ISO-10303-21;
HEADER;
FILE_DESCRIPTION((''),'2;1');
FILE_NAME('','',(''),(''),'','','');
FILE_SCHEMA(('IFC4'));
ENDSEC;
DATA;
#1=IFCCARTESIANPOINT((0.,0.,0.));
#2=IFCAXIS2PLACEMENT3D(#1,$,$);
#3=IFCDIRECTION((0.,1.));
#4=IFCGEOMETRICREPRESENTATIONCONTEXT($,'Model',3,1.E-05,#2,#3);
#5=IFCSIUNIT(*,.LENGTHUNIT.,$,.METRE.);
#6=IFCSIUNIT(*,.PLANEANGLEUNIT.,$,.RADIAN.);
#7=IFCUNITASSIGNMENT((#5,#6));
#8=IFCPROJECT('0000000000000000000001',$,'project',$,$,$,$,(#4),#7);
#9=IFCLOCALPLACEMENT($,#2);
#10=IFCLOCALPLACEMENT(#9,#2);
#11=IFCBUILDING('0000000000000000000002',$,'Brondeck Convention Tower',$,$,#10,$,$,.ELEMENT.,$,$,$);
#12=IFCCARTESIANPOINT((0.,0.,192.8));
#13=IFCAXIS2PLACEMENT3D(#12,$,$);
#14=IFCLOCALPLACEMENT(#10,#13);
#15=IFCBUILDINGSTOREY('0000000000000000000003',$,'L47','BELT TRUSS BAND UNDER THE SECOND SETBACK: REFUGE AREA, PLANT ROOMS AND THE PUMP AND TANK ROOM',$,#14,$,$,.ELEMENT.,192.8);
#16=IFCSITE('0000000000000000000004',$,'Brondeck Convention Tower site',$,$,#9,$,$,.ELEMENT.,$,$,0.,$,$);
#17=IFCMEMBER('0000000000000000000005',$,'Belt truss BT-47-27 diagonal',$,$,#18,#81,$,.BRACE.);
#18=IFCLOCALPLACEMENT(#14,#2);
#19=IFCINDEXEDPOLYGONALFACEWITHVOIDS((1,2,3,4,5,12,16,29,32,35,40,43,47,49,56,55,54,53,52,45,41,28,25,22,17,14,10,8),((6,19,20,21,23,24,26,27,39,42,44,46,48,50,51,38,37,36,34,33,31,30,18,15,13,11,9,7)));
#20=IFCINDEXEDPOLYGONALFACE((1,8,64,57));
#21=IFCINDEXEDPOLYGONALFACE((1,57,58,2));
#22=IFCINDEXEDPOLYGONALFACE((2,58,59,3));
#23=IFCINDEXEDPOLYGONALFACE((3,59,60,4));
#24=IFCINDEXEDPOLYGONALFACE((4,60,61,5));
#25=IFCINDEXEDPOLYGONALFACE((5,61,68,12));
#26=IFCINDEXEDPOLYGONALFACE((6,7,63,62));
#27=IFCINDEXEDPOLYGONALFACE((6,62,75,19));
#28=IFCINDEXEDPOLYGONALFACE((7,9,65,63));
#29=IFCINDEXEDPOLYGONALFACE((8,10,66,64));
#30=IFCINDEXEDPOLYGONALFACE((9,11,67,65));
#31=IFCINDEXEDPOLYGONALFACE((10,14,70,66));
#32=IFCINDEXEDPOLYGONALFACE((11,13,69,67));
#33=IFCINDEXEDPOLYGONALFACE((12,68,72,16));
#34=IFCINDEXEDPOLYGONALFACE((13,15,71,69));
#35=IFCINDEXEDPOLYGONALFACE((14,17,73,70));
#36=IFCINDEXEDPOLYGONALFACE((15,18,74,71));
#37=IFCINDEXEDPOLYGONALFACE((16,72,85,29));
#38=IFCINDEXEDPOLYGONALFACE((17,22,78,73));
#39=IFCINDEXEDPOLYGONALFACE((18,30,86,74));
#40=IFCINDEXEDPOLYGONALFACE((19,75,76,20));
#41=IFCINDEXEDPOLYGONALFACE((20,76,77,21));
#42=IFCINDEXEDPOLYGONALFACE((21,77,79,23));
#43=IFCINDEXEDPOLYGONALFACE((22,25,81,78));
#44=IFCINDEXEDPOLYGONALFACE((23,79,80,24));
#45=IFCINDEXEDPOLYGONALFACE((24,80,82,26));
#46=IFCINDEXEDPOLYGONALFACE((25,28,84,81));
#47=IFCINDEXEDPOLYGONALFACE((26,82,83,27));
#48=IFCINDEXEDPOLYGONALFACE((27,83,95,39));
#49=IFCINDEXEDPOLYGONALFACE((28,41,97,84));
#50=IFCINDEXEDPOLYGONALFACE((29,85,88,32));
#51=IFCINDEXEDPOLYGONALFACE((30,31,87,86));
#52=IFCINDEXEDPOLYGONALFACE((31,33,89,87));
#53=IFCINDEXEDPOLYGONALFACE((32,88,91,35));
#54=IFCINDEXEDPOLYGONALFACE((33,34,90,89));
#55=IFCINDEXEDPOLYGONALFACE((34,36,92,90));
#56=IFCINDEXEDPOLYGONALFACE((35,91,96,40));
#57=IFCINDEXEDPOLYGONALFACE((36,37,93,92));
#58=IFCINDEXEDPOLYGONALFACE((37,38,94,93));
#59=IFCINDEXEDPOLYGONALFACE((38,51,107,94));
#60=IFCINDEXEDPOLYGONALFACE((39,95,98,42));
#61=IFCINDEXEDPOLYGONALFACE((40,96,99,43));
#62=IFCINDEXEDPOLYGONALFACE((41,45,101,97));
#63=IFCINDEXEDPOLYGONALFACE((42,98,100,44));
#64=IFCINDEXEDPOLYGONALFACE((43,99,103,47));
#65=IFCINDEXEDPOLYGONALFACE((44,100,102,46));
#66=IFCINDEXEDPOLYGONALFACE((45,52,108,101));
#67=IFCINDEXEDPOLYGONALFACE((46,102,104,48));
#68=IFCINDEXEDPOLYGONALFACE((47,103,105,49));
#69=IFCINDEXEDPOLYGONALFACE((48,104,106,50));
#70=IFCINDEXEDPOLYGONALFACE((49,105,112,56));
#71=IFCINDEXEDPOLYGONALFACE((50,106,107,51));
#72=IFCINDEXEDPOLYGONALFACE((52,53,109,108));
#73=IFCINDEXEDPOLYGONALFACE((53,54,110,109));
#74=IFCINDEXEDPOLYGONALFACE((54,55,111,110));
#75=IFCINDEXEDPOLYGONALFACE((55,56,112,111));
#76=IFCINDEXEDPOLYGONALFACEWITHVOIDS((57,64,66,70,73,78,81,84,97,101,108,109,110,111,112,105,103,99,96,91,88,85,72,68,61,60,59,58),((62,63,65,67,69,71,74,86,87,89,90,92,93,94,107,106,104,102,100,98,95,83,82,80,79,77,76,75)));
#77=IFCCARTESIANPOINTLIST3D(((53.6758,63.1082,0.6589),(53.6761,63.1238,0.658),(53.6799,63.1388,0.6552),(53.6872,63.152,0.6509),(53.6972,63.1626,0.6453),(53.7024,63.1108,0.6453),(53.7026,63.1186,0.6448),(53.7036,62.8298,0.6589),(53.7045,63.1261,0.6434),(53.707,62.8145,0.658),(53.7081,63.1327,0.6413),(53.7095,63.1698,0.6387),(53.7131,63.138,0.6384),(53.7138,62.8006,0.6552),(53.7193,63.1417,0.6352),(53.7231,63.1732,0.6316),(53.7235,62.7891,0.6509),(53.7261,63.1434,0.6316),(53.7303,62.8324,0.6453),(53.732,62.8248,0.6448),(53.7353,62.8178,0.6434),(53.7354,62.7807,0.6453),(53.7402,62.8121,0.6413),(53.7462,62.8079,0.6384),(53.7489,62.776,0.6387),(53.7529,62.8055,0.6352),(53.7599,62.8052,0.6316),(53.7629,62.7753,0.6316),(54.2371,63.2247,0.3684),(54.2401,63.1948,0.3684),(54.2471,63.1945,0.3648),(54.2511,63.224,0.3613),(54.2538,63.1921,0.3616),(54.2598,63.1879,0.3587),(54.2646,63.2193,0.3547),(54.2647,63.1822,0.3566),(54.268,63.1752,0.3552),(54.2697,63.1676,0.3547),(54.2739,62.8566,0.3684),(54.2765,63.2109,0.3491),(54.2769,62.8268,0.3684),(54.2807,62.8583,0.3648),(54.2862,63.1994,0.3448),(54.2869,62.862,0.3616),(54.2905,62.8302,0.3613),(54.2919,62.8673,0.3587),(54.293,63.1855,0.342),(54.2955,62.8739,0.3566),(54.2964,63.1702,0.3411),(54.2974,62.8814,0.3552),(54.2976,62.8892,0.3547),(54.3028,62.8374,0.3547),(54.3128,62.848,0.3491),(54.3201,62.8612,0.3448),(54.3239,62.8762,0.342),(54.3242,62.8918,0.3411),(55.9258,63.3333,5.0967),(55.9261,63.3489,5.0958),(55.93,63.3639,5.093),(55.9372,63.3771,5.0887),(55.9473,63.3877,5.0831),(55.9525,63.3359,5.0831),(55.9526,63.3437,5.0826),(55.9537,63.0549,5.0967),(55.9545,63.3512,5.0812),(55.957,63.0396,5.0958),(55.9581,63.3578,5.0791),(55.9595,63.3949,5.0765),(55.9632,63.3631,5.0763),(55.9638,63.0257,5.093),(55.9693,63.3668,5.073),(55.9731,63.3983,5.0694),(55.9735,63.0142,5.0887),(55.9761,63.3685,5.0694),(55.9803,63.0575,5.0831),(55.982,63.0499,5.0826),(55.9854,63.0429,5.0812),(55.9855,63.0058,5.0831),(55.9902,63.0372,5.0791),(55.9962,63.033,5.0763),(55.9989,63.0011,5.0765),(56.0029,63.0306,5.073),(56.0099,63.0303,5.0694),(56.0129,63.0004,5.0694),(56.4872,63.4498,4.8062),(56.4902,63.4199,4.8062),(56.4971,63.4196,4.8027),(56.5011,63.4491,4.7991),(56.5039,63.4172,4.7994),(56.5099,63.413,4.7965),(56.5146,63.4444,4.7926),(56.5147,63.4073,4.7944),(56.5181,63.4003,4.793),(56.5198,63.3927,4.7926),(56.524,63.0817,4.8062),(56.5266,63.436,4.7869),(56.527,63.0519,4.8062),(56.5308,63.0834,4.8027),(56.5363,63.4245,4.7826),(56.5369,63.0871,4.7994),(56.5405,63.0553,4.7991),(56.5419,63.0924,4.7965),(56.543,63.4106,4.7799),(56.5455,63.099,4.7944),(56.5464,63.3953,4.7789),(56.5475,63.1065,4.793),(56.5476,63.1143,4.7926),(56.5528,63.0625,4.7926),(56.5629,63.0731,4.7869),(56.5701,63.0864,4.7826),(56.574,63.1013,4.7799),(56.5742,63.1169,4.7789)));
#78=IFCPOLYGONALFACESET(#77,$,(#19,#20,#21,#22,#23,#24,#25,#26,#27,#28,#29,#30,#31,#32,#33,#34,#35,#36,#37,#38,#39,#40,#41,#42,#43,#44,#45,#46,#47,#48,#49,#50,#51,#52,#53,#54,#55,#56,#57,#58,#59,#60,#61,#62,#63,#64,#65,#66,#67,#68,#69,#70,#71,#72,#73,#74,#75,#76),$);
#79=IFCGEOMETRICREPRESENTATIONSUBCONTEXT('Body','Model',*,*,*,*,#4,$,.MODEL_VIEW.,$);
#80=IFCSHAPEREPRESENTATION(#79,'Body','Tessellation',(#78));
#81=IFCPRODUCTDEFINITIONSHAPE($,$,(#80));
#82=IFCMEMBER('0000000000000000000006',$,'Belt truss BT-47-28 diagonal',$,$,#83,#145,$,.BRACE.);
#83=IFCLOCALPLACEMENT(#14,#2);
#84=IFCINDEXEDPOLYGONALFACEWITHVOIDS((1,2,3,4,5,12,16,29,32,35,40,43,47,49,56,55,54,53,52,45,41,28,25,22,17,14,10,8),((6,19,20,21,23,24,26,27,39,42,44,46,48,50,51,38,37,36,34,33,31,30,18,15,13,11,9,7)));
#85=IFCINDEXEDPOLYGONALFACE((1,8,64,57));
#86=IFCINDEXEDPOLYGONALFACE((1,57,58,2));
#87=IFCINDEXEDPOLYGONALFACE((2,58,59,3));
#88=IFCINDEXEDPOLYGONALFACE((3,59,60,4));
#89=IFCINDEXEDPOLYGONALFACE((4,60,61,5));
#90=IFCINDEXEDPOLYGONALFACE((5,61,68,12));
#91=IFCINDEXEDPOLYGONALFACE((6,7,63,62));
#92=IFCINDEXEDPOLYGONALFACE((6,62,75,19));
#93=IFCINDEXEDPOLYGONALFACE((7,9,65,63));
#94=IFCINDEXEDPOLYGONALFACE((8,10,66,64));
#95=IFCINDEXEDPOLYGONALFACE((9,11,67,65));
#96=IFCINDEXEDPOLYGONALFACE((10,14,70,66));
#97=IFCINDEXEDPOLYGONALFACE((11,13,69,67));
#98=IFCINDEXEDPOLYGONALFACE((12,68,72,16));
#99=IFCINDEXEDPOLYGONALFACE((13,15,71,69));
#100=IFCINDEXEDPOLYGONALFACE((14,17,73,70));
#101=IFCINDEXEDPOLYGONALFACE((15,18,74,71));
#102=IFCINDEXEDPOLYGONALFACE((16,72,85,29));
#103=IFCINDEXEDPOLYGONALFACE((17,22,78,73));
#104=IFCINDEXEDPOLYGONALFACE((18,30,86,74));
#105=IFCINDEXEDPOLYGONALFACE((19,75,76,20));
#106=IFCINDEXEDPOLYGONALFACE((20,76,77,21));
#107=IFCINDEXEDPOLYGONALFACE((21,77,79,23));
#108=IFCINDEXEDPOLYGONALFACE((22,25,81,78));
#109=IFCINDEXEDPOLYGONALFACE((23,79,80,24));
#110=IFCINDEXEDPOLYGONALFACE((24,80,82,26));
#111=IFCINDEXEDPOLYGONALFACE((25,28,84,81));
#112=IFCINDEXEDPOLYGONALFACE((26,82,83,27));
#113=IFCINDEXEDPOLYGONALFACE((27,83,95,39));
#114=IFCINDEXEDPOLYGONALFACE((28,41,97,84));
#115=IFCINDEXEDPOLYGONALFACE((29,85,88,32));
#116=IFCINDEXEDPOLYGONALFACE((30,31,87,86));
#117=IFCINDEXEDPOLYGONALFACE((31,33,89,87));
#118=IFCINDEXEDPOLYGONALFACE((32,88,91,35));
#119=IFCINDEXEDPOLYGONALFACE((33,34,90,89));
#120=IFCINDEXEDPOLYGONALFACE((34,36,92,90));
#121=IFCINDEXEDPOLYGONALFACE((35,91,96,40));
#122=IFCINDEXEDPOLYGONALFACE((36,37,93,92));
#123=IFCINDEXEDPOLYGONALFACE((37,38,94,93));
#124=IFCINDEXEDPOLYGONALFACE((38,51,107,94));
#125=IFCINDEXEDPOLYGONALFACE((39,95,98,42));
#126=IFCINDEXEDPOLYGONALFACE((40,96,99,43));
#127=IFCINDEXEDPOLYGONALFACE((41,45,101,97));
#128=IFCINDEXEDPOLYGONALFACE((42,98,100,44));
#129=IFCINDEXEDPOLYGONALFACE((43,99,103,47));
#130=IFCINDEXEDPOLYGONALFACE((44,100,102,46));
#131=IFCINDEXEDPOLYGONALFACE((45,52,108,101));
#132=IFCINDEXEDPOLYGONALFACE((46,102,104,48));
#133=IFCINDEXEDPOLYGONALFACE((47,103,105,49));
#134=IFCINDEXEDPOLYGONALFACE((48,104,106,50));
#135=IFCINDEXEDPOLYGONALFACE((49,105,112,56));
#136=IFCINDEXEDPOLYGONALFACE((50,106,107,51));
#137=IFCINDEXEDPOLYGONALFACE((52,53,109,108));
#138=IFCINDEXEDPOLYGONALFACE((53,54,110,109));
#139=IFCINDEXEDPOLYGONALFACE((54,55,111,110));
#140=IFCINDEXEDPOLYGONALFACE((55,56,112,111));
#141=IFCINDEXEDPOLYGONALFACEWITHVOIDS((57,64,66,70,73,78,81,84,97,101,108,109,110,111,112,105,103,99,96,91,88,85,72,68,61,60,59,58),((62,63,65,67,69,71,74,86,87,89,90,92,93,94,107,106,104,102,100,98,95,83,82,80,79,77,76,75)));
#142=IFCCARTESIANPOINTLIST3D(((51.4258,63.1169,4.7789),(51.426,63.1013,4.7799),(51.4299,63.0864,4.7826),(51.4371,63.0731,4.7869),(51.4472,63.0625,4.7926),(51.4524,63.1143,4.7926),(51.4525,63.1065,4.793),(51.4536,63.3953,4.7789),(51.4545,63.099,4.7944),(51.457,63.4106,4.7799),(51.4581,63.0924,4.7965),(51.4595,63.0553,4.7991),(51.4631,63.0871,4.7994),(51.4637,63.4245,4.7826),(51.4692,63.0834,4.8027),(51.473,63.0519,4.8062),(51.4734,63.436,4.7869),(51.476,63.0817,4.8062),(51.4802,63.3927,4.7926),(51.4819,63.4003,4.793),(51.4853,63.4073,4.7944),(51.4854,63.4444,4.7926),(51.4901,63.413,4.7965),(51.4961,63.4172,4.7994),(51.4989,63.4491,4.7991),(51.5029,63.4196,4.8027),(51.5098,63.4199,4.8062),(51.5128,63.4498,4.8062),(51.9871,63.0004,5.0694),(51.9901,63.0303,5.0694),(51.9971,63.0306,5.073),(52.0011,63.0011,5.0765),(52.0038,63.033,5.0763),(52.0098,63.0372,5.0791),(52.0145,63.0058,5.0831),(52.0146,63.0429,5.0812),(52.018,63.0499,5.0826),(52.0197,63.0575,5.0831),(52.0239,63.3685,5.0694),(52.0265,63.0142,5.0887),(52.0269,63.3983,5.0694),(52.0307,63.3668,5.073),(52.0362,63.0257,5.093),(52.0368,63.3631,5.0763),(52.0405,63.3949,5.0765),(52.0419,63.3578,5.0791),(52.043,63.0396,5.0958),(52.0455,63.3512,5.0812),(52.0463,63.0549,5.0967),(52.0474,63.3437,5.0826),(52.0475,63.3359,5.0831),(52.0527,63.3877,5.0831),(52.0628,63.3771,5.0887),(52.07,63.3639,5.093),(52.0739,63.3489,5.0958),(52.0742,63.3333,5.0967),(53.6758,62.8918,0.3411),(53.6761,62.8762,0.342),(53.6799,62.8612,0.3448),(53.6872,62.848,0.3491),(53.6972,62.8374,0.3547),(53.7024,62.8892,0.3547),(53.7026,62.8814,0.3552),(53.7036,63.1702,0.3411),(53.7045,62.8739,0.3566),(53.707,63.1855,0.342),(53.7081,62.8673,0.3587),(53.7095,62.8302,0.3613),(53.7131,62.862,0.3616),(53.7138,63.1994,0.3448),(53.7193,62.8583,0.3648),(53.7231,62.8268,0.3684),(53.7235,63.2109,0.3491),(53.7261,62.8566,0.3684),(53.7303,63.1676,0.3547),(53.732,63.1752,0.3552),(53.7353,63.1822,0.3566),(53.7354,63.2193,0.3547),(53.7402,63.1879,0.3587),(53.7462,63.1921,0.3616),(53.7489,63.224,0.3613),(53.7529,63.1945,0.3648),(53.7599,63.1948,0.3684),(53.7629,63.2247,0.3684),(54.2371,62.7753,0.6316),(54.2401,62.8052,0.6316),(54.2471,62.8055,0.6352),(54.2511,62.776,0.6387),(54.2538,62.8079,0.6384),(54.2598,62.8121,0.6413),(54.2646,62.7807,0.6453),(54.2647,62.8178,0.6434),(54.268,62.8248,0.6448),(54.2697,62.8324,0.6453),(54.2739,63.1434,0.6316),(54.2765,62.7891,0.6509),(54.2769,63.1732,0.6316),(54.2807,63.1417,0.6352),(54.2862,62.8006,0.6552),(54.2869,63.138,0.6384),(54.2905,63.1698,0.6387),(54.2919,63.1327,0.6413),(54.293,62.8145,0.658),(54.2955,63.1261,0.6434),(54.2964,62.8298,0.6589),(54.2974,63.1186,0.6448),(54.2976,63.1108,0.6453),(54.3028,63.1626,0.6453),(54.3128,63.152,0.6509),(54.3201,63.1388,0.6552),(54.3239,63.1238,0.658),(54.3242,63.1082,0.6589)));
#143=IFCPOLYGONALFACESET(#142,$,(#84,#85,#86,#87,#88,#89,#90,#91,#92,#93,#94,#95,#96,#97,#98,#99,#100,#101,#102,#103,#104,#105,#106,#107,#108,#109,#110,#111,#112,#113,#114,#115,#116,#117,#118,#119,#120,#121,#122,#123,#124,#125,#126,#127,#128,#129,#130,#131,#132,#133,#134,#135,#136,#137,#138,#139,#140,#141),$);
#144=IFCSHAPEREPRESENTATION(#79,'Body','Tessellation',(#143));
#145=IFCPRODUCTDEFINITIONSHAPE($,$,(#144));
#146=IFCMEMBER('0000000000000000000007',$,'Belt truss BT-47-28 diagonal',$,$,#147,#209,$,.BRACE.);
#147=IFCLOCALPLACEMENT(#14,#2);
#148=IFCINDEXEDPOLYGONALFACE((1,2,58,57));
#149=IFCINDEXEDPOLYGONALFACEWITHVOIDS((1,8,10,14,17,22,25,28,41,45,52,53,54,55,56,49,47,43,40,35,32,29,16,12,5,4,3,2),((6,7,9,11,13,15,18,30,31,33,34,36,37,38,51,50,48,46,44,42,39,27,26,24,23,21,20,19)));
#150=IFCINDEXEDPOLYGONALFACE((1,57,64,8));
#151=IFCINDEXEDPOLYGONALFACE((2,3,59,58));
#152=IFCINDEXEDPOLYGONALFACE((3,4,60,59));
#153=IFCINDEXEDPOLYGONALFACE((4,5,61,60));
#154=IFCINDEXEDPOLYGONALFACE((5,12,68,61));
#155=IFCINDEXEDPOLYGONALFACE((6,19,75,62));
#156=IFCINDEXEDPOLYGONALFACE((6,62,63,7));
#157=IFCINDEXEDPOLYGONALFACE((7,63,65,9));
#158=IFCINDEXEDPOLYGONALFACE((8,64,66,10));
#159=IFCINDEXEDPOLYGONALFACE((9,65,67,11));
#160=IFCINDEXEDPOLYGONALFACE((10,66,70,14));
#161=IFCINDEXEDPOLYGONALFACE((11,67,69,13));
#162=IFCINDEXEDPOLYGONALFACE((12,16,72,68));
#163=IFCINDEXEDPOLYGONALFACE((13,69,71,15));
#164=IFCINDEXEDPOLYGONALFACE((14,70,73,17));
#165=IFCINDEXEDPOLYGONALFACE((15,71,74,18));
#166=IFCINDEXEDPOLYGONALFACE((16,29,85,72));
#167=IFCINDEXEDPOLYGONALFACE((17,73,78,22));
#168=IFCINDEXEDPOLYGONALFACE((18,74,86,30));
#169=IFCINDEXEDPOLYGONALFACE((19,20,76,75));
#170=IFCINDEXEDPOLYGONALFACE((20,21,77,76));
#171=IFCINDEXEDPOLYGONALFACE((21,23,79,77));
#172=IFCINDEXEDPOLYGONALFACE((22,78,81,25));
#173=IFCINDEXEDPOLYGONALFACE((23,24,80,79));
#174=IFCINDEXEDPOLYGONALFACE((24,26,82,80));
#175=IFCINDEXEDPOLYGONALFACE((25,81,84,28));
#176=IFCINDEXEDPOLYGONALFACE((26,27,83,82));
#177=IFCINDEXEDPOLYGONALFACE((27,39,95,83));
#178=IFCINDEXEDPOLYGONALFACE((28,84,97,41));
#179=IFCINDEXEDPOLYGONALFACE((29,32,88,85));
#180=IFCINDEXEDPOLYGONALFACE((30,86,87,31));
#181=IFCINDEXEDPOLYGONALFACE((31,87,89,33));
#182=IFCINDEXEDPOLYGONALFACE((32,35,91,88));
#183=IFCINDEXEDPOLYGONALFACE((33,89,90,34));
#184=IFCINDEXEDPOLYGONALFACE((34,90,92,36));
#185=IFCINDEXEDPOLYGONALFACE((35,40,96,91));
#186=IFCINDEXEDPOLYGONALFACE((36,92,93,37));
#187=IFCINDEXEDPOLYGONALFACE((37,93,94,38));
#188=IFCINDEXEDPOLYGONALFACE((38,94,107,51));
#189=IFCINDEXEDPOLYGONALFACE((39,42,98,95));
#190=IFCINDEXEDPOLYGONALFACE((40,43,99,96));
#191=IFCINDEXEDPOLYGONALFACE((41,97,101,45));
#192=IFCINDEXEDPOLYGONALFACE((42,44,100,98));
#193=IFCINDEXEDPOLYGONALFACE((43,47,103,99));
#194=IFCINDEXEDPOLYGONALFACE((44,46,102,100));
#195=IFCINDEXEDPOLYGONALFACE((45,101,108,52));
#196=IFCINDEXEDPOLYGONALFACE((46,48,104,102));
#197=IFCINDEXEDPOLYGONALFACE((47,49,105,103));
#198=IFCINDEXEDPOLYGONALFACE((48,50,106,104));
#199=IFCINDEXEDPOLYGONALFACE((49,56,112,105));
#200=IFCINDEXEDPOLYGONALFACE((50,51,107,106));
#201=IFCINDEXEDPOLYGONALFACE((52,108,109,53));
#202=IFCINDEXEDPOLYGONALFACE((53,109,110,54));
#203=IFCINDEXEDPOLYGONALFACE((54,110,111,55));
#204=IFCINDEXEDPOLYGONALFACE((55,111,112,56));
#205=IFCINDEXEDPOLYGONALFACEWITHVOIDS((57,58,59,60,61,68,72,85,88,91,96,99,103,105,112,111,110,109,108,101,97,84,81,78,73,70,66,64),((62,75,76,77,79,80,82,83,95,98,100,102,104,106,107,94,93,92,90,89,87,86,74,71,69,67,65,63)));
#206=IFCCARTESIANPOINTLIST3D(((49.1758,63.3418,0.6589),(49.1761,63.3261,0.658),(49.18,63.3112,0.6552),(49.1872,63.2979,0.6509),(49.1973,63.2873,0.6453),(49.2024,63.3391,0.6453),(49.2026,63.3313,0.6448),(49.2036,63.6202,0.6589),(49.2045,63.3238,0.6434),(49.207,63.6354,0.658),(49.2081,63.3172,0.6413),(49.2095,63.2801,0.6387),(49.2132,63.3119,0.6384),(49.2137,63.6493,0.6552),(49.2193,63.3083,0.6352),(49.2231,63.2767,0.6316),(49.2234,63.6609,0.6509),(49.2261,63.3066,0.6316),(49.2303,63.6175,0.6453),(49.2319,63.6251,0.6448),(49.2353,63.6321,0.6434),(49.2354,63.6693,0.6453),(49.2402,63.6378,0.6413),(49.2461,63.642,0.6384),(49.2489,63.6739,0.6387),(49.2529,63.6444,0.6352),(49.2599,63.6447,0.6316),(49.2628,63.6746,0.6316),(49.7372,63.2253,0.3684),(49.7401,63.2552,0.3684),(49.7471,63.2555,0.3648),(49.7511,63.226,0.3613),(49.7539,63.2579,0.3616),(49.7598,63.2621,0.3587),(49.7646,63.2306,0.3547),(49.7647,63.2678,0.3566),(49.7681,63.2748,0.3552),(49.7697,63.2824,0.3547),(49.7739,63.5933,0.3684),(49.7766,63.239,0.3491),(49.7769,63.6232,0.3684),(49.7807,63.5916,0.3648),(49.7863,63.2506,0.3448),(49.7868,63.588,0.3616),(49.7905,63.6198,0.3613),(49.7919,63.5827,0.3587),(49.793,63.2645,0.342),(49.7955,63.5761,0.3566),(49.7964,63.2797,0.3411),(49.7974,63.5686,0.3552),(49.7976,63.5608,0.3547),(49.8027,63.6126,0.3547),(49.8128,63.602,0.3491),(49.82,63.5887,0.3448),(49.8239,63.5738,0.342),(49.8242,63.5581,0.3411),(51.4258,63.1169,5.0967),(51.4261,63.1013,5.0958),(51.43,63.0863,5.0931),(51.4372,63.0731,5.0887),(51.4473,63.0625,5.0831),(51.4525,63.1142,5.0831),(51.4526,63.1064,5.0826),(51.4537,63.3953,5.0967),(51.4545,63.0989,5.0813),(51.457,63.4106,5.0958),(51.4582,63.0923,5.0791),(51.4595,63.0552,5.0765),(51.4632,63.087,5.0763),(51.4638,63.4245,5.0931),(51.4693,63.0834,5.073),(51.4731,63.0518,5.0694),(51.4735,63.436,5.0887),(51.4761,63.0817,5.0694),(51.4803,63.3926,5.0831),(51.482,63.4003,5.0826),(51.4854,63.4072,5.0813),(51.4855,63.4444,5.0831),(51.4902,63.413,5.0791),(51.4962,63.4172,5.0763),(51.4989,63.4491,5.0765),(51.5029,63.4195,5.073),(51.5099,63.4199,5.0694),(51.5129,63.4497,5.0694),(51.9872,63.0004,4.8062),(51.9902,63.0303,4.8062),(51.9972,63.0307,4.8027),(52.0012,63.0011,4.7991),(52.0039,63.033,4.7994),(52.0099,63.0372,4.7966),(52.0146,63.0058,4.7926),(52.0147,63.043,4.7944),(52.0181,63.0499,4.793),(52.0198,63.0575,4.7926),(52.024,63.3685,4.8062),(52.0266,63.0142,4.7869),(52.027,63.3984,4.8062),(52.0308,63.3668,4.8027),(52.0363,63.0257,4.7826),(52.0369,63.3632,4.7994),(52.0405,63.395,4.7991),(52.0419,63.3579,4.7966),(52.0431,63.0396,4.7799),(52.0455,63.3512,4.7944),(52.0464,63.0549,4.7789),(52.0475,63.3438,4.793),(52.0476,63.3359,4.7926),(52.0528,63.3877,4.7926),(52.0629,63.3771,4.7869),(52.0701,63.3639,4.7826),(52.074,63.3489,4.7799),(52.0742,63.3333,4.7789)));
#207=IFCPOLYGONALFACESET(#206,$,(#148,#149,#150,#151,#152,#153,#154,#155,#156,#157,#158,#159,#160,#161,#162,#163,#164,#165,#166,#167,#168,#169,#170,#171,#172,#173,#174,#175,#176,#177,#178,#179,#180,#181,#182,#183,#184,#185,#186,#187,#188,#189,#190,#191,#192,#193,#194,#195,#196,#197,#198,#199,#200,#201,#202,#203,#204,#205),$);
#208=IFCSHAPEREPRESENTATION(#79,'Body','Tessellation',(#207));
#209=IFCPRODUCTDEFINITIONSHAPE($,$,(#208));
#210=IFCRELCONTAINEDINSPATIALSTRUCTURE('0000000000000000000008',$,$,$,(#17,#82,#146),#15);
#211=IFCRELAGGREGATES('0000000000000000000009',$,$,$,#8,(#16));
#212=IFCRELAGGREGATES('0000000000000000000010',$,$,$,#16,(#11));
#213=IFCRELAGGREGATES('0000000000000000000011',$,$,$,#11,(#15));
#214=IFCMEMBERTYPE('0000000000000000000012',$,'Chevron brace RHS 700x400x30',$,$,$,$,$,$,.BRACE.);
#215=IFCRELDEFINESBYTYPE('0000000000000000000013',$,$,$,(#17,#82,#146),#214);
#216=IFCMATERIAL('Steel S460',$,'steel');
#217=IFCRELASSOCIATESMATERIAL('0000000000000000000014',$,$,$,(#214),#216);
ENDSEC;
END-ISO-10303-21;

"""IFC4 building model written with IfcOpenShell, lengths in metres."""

from ifc_helpers import new_model, si_unit, direction, frame, origin, origin_2d, place, context, subcontext, project, spatial, hollow_rectangle, extrude, material, material_profile, profile_set, type_object, element, save


model = new_model("IFC4")

# Units and contexts
model_context = context("Model", 3, precision=1e-05, world=origin(), true_north=direction((0.0, 1.0)))
body_context = subcontext(model_context, "Body", "Model", "MODEL_VIEW")
ifc_project = project(units=[si_unit("LENGTHUNIT", "METRE"), si_unit("PLANEANGLEUNIT", "RADIAN")], contexts=[model_context])

# Site, building, storey
site_placement = place(None, origin())
site = spatial("IfcSite", under=ifc_project, at=site_placement, Name="Brondeck Convention Tower site", CompositionType="ELEMENT", RefElevation=0.0)
building_placement = place(site_placement, origin())
building = spatial("IfcBuilding", under=site, at=building_placement, Name="Brondeck Convention Tower", CompositionType="ELEMENT")
storey_placement = place(building_placement, frame((0.0, 0.0, 192.8)))
storey = spatial("IfcBuildingStorey", under=building, at=storey_placement, Name="L47", Description="BELT TRUSS BAND UNDER THE SECOND SETBACK: REFUGE AREA, PLANT ROOMS AND THE PUMP AND TANK ROOM", CompositionType="ELEMENT", Elevation=192.8)

# Members
ifc_material_1 = material(Name="Steel S460", Category="steel")
ifc_material_profile_1 = material_profile(ifc_material_1, hollow_rectangle(XDim=0.3999, YDim=0.7, WallThickness=0.03, InnerFilletRadius=0.03, OuterFilletRadius=0.0601, at=origin_2d()), Name="RHS 700x400x30")
ifc_profile_set_1 = profile_set([ifc_material_profile_1], Name="Steel S460")
member_type_1 = type_object("IfcMemberType", Name="Chevron brace RHS 700x400x30", PredefinedType="BRACE", material=ifc_profile_set_1)
for number, where, z_axis, x_axis, name in (
    (1, (54.0, 63.0, 0.5), (0.451749, 0.045195, 0.890999), (-0.099546, 0.995033, 0.0), "Belt truss BT-47-27 diagonal"),
    (2, (54.0, 63.0, 0.5), (-0.451749, 0.045195, 0.890999), (-0.099546, -0.995033, 0.0), "Belt truss BT-47-28 diagonal"),
    (3, (49.5, 63.45, 0.5), (0.45175, -0.045146, 0.891001), (0.09944, 0.995044, 0.0), "Belt truss BT-47-28 diagonal"),
):
    element("IfcMember", number, at=place(storey_placement, frame(where, z_axis=z_axis, x_axis=x_axis)), inside=storey, type_object=member_type_1, Name=name, PredefinedType="BRACE", context=body_context, shape_type="SweptSolid", body=[
        extrude(hollow_rectangle(XDim=0.3999, YDim=0.7, WallThickness=0.03, InnerFilletRadius=0.03, OuterFilletRadius=0.0601, at=origin_2d()), origin(), (0.0, 0.0, 1.0), 4.9807),
    ])

save(model, "model.ifc")
